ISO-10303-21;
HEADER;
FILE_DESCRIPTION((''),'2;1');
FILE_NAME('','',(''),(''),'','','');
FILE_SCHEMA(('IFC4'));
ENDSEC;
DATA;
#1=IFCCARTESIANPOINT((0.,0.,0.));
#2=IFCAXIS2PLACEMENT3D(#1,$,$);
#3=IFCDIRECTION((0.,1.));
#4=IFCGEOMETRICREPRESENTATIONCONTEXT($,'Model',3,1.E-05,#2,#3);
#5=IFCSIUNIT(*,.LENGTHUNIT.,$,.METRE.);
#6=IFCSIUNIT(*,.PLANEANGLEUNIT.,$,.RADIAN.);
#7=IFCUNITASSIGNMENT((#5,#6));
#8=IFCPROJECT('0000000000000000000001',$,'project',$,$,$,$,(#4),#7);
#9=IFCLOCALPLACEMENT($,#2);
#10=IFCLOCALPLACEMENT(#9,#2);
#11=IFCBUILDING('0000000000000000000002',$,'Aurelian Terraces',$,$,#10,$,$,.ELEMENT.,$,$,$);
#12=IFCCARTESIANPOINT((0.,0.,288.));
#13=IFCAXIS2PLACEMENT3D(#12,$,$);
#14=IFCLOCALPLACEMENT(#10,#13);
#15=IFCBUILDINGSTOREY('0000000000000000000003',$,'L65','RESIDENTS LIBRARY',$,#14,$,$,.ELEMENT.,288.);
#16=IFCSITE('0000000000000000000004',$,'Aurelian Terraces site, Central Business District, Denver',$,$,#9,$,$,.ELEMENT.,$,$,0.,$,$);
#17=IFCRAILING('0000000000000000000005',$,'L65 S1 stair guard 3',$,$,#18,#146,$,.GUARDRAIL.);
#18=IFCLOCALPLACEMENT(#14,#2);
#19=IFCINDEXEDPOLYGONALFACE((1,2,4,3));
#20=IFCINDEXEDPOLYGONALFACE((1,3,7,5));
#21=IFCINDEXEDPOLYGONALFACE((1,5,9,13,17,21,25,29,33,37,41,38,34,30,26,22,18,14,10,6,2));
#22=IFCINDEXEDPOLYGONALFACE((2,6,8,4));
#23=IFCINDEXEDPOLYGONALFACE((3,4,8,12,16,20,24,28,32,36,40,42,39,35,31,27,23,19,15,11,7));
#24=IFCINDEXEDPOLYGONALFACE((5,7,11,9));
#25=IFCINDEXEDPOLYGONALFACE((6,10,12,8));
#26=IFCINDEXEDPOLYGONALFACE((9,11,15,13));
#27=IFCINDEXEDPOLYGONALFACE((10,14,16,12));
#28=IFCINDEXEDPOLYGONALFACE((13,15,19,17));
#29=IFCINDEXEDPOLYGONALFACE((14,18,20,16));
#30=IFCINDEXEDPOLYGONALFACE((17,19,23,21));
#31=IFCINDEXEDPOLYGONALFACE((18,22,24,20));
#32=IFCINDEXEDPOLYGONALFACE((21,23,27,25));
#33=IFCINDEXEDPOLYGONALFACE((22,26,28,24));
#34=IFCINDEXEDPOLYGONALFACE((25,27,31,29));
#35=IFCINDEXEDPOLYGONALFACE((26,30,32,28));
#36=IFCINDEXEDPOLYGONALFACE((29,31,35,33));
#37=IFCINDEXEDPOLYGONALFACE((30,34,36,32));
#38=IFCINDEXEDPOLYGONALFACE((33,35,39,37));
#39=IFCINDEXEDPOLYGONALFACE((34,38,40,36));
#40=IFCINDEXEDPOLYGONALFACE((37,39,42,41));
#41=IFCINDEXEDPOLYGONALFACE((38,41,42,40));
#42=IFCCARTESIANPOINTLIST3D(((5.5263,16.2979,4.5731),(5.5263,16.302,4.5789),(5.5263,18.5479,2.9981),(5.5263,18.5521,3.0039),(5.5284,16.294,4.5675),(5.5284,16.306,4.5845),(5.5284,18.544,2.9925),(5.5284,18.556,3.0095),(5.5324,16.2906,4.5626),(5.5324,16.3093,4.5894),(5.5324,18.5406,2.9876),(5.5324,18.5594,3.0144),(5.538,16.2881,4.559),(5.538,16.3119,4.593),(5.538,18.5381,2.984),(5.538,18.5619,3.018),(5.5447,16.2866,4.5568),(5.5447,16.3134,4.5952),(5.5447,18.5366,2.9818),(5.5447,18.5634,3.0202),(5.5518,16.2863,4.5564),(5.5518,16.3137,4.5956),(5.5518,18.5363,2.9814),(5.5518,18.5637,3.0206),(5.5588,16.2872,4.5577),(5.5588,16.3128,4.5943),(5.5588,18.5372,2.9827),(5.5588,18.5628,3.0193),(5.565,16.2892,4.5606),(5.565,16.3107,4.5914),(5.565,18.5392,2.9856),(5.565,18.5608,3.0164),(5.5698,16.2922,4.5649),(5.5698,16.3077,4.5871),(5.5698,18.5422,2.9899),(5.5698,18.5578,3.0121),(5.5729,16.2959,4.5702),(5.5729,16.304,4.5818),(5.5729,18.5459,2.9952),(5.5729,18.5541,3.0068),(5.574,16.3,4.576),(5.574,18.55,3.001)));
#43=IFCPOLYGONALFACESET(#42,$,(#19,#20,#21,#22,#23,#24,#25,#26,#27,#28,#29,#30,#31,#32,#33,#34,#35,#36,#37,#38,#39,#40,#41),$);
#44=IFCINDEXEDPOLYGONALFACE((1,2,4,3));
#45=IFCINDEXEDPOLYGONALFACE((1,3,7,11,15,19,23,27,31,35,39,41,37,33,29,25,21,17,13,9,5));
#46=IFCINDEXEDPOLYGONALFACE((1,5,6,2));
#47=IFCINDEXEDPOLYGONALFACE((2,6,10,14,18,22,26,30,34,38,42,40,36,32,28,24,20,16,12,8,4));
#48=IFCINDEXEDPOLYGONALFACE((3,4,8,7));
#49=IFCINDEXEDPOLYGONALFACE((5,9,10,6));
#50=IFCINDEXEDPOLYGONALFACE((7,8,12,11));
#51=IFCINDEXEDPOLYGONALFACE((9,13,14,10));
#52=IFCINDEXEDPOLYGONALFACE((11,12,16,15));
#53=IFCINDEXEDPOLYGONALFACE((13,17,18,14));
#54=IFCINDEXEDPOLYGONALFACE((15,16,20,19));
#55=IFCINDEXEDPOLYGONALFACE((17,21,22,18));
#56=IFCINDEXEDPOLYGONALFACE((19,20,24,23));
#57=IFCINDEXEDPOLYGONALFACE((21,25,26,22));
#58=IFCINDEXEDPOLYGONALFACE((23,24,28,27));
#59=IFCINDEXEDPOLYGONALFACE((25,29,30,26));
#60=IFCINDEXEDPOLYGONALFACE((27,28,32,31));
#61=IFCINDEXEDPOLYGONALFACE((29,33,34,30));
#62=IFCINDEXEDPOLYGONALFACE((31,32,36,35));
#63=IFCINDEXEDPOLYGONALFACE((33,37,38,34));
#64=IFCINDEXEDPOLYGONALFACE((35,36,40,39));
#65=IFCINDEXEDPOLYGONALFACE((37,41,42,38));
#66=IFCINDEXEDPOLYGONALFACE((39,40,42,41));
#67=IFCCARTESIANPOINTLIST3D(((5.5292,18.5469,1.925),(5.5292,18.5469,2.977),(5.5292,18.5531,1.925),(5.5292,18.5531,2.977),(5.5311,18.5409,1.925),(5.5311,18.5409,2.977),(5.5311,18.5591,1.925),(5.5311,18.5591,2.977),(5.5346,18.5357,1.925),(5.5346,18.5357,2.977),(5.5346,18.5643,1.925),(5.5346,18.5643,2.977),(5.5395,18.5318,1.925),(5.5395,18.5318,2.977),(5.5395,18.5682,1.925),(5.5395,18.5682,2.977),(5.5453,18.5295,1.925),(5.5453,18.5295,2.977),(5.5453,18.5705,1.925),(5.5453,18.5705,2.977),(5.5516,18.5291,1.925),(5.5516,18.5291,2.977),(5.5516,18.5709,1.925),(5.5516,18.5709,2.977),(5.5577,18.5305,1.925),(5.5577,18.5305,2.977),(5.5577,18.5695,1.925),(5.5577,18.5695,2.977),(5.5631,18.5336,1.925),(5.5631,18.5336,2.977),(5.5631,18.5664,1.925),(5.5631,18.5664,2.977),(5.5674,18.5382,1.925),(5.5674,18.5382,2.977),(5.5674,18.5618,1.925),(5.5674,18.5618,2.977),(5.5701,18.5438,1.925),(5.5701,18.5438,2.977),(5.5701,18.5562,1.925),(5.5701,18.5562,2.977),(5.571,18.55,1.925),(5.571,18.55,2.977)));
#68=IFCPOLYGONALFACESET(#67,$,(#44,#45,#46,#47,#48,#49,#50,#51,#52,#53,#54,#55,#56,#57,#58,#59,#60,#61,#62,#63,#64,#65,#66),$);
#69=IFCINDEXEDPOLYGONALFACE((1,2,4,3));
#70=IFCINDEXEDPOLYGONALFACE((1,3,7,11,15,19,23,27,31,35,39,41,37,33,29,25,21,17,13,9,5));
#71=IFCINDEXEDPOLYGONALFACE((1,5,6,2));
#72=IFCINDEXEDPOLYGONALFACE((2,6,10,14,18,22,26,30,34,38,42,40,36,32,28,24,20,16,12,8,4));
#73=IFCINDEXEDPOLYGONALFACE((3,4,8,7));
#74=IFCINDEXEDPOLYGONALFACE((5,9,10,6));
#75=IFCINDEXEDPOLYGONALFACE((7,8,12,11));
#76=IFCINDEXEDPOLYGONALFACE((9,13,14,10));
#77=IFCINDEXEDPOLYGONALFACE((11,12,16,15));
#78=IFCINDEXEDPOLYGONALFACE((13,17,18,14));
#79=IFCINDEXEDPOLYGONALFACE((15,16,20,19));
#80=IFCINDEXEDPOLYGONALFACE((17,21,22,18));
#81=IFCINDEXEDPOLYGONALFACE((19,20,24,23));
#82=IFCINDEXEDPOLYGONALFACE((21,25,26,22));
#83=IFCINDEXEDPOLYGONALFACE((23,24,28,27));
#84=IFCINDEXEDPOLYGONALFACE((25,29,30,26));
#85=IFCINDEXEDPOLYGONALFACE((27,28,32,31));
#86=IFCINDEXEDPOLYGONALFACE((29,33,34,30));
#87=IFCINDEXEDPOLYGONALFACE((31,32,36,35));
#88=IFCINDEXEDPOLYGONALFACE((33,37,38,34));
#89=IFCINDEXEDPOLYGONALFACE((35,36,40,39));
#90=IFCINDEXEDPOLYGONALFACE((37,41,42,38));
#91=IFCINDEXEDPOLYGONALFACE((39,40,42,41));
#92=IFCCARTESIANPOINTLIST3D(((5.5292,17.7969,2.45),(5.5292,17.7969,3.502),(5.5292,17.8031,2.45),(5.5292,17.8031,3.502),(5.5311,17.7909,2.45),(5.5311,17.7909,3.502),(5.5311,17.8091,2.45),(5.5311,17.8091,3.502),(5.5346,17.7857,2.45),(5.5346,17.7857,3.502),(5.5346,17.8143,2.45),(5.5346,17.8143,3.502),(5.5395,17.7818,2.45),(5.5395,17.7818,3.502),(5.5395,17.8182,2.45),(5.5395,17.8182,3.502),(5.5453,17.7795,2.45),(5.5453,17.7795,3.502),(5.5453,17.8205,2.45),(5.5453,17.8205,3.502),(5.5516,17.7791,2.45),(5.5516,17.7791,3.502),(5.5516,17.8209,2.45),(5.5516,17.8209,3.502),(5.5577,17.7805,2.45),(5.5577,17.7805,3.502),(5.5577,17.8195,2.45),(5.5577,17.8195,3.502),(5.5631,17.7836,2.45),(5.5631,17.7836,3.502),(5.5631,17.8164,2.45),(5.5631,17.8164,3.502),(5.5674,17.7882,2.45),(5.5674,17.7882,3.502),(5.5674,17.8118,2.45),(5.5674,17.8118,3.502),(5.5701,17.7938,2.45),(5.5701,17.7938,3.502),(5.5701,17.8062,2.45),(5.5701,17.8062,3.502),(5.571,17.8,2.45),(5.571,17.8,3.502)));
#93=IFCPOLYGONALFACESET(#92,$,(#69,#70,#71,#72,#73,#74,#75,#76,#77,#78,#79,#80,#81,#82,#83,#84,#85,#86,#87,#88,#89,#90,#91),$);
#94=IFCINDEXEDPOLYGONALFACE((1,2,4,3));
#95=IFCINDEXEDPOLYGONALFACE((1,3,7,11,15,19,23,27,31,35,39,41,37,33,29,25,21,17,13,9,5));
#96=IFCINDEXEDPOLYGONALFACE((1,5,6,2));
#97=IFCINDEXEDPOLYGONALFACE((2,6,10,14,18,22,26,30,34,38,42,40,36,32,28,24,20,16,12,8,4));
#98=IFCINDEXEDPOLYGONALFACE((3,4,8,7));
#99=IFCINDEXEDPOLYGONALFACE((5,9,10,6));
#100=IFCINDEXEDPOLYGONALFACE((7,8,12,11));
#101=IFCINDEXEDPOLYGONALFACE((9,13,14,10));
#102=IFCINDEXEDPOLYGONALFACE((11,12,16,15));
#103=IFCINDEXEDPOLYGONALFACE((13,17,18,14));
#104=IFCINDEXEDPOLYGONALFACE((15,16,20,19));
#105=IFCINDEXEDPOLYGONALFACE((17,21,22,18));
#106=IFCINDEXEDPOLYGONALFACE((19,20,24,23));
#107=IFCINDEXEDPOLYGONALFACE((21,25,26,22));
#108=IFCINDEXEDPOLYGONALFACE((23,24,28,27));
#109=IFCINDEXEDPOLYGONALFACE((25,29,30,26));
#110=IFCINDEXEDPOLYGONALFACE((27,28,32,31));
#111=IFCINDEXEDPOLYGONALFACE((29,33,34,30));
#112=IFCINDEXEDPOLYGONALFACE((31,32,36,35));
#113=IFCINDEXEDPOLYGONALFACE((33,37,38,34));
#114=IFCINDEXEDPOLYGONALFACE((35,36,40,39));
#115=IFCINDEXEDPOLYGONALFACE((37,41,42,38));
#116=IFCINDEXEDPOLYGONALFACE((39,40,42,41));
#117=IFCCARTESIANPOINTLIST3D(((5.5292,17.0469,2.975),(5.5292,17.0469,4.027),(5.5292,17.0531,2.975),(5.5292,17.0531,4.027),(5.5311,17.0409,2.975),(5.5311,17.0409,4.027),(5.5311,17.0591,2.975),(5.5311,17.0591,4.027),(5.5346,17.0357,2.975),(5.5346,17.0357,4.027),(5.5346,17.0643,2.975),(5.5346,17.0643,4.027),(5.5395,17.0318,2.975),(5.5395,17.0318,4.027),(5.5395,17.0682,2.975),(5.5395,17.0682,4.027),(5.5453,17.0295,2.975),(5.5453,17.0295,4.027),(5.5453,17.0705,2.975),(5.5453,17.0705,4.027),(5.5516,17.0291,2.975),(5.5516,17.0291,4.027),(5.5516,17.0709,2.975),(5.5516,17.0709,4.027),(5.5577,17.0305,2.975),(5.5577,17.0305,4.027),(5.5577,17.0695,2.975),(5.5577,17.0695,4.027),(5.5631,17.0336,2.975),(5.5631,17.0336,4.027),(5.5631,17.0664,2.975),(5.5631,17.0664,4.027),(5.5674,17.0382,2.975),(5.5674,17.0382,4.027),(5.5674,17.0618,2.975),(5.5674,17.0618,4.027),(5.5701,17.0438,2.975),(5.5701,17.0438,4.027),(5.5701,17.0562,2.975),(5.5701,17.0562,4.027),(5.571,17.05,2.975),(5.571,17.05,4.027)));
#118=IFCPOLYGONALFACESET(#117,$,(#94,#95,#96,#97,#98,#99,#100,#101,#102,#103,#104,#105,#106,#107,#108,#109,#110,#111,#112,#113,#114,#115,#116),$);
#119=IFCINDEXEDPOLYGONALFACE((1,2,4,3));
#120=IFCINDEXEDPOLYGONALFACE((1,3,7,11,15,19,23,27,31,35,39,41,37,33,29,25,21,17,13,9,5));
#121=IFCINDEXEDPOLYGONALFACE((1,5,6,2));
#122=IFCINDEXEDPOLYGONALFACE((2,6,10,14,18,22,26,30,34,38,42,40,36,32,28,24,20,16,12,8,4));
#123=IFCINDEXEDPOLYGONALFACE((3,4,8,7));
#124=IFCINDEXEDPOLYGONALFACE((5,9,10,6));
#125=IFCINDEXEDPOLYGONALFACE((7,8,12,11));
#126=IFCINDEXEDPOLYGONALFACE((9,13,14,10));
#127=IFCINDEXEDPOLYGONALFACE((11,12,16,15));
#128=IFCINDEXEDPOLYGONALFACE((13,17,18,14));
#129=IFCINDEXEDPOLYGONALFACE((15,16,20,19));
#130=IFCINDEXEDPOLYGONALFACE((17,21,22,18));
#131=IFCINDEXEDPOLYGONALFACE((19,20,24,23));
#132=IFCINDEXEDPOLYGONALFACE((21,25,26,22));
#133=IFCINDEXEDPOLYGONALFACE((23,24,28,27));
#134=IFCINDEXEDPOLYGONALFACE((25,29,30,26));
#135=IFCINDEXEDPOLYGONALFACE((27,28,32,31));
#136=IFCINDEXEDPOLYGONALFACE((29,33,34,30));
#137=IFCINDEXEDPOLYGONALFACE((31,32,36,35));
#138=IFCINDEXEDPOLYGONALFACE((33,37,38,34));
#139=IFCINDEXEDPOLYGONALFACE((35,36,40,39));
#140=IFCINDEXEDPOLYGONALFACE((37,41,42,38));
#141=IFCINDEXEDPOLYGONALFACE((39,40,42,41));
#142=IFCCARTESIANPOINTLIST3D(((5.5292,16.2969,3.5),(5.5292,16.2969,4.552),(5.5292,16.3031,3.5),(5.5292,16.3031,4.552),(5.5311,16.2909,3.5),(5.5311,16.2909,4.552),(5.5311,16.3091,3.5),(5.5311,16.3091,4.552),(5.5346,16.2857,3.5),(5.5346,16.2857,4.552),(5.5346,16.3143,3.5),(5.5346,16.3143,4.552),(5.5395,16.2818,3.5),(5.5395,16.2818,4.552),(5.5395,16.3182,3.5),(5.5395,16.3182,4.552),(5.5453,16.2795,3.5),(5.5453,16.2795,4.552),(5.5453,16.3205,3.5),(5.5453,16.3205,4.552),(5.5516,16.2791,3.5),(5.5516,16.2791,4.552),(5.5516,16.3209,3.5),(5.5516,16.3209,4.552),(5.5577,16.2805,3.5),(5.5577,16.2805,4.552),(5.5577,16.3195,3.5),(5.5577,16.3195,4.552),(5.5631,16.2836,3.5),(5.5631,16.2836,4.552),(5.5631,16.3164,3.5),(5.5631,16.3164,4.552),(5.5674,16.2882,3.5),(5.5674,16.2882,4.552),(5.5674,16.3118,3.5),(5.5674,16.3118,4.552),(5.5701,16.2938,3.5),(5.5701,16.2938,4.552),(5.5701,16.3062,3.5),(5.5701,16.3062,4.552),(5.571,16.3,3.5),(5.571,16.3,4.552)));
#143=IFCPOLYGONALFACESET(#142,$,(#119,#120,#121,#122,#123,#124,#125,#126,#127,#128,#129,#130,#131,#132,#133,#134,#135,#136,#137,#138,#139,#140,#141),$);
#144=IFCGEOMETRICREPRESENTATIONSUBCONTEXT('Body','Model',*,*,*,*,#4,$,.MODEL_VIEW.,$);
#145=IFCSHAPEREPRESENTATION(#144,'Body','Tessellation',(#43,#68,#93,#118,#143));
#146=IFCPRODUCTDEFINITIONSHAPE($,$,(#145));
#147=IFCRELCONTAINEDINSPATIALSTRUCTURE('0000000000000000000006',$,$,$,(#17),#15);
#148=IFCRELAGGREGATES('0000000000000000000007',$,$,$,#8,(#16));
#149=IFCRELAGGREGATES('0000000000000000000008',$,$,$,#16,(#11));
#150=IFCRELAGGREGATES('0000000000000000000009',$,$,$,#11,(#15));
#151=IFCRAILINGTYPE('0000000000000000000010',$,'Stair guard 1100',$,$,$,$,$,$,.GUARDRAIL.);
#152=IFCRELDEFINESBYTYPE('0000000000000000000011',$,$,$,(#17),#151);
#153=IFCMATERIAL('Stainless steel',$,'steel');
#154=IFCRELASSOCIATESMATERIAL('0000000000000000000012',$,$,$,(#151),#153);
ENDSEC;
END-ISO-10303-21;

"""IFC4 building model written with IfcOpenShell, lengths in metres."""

from ifc_helpers import new_model, si_unit, direction, frame, origin, origin_2d, place, context, subcontext, project, spatial, circle, extrude, source, transform, mapped, material, type_object, element, save


model = new_model("IFC4")

# Units and contexts
model_context = context("Model", 3, precision=1e-05, world=origin(), true_north=direction((0.0, 1.0)))
body_context = subcontext(model_context, "Body", "Model", "MODEL_VIEW")
ifc_project = project(units=[si_unit("LENGTHUNIT", "METRE"), si_unit("PLANEANGLEUNIT", "RADIAN")], contexts=[model_context])

# Site, building, storey
site_placement = place(None, origin())
site = spatial("IfcSite", under=ifc_project, at=site_placement, Name="Aurelian Terraces site, Central Business District, Denver", CompositionType="ELEMENT", RefElevation=0.0)
building_placement = place(site_placement, origin())
building = spatial("IfcBuilding", under=site, at=building_placement, Name="Aurelian Terraces", CompositionType="ELEMENT")
storey_placement = place(building_placement, frame((0.0, 0.0, 288.0)))
storey = spatial("IfcBuildingStorey", under=building, at=storey_placement, Name="L65", Description="RESIDENTS LIBRARY", CompositionType="ELEMENT", Elevation=288.0)

# Railing
ifc_material_1 = material(Name="Stainless steel", Category="steel")
railing_type_1 = type_object("IfcRailingType", Name="Stair guard 1100", PredefinedType="GUARDRAIL", material=ifc_material_1)
shared_shape_1 = source(origin(), body_context, "Body", "SweptSolid", [
    extrude(circle(Radius=0.024, at=origin_2d()), frame((0.0, 0.0, 1.076), z_axis=(0.0, -0.819232, 0.573462), x_axis=(1.0, 0.0, 0.0)), (0.0, 0.0, 1.0), 2.7465),
    extrude(circle(Radius=0.021, at=origin_2d()), origin(), (0.0, 0.0, 1.0), 1.052),
    extrude(circle(Radius=0.021, at=origin_2d()), frame((0.0, -0.75, 0.525)), (0.0, 0.0, 1.0), 1.052),
    extrude(circle(Radius=0.021, at=origin_2d()), frame((0.0, -1.5, 1.05)), (0.0, 0.0, 1.0), 1.052),
    extrude(circle(Radius=0.021, at=origin_2d()), frame((0.0, -2.25, 1.575)), (0.0, 0.0, 1.0), 1.052),
])
railing_1_placement = place(storey_placement, frame((5.55, 18.55, 1.925)))
element("IfcRailing", 1, at=railing_1_placement, inside=storey, type_object=railing_type_1, Name="L65 S1 stair guard 3", PredefinedType="GUARDRAIL", context=body_context, shape_type="MappedRepresentation", body=[
    mapped(shared_shape_1, transform((0.0, 0.0, 0.0), scale=1.0)),
])

save(model, "model.ifc")
